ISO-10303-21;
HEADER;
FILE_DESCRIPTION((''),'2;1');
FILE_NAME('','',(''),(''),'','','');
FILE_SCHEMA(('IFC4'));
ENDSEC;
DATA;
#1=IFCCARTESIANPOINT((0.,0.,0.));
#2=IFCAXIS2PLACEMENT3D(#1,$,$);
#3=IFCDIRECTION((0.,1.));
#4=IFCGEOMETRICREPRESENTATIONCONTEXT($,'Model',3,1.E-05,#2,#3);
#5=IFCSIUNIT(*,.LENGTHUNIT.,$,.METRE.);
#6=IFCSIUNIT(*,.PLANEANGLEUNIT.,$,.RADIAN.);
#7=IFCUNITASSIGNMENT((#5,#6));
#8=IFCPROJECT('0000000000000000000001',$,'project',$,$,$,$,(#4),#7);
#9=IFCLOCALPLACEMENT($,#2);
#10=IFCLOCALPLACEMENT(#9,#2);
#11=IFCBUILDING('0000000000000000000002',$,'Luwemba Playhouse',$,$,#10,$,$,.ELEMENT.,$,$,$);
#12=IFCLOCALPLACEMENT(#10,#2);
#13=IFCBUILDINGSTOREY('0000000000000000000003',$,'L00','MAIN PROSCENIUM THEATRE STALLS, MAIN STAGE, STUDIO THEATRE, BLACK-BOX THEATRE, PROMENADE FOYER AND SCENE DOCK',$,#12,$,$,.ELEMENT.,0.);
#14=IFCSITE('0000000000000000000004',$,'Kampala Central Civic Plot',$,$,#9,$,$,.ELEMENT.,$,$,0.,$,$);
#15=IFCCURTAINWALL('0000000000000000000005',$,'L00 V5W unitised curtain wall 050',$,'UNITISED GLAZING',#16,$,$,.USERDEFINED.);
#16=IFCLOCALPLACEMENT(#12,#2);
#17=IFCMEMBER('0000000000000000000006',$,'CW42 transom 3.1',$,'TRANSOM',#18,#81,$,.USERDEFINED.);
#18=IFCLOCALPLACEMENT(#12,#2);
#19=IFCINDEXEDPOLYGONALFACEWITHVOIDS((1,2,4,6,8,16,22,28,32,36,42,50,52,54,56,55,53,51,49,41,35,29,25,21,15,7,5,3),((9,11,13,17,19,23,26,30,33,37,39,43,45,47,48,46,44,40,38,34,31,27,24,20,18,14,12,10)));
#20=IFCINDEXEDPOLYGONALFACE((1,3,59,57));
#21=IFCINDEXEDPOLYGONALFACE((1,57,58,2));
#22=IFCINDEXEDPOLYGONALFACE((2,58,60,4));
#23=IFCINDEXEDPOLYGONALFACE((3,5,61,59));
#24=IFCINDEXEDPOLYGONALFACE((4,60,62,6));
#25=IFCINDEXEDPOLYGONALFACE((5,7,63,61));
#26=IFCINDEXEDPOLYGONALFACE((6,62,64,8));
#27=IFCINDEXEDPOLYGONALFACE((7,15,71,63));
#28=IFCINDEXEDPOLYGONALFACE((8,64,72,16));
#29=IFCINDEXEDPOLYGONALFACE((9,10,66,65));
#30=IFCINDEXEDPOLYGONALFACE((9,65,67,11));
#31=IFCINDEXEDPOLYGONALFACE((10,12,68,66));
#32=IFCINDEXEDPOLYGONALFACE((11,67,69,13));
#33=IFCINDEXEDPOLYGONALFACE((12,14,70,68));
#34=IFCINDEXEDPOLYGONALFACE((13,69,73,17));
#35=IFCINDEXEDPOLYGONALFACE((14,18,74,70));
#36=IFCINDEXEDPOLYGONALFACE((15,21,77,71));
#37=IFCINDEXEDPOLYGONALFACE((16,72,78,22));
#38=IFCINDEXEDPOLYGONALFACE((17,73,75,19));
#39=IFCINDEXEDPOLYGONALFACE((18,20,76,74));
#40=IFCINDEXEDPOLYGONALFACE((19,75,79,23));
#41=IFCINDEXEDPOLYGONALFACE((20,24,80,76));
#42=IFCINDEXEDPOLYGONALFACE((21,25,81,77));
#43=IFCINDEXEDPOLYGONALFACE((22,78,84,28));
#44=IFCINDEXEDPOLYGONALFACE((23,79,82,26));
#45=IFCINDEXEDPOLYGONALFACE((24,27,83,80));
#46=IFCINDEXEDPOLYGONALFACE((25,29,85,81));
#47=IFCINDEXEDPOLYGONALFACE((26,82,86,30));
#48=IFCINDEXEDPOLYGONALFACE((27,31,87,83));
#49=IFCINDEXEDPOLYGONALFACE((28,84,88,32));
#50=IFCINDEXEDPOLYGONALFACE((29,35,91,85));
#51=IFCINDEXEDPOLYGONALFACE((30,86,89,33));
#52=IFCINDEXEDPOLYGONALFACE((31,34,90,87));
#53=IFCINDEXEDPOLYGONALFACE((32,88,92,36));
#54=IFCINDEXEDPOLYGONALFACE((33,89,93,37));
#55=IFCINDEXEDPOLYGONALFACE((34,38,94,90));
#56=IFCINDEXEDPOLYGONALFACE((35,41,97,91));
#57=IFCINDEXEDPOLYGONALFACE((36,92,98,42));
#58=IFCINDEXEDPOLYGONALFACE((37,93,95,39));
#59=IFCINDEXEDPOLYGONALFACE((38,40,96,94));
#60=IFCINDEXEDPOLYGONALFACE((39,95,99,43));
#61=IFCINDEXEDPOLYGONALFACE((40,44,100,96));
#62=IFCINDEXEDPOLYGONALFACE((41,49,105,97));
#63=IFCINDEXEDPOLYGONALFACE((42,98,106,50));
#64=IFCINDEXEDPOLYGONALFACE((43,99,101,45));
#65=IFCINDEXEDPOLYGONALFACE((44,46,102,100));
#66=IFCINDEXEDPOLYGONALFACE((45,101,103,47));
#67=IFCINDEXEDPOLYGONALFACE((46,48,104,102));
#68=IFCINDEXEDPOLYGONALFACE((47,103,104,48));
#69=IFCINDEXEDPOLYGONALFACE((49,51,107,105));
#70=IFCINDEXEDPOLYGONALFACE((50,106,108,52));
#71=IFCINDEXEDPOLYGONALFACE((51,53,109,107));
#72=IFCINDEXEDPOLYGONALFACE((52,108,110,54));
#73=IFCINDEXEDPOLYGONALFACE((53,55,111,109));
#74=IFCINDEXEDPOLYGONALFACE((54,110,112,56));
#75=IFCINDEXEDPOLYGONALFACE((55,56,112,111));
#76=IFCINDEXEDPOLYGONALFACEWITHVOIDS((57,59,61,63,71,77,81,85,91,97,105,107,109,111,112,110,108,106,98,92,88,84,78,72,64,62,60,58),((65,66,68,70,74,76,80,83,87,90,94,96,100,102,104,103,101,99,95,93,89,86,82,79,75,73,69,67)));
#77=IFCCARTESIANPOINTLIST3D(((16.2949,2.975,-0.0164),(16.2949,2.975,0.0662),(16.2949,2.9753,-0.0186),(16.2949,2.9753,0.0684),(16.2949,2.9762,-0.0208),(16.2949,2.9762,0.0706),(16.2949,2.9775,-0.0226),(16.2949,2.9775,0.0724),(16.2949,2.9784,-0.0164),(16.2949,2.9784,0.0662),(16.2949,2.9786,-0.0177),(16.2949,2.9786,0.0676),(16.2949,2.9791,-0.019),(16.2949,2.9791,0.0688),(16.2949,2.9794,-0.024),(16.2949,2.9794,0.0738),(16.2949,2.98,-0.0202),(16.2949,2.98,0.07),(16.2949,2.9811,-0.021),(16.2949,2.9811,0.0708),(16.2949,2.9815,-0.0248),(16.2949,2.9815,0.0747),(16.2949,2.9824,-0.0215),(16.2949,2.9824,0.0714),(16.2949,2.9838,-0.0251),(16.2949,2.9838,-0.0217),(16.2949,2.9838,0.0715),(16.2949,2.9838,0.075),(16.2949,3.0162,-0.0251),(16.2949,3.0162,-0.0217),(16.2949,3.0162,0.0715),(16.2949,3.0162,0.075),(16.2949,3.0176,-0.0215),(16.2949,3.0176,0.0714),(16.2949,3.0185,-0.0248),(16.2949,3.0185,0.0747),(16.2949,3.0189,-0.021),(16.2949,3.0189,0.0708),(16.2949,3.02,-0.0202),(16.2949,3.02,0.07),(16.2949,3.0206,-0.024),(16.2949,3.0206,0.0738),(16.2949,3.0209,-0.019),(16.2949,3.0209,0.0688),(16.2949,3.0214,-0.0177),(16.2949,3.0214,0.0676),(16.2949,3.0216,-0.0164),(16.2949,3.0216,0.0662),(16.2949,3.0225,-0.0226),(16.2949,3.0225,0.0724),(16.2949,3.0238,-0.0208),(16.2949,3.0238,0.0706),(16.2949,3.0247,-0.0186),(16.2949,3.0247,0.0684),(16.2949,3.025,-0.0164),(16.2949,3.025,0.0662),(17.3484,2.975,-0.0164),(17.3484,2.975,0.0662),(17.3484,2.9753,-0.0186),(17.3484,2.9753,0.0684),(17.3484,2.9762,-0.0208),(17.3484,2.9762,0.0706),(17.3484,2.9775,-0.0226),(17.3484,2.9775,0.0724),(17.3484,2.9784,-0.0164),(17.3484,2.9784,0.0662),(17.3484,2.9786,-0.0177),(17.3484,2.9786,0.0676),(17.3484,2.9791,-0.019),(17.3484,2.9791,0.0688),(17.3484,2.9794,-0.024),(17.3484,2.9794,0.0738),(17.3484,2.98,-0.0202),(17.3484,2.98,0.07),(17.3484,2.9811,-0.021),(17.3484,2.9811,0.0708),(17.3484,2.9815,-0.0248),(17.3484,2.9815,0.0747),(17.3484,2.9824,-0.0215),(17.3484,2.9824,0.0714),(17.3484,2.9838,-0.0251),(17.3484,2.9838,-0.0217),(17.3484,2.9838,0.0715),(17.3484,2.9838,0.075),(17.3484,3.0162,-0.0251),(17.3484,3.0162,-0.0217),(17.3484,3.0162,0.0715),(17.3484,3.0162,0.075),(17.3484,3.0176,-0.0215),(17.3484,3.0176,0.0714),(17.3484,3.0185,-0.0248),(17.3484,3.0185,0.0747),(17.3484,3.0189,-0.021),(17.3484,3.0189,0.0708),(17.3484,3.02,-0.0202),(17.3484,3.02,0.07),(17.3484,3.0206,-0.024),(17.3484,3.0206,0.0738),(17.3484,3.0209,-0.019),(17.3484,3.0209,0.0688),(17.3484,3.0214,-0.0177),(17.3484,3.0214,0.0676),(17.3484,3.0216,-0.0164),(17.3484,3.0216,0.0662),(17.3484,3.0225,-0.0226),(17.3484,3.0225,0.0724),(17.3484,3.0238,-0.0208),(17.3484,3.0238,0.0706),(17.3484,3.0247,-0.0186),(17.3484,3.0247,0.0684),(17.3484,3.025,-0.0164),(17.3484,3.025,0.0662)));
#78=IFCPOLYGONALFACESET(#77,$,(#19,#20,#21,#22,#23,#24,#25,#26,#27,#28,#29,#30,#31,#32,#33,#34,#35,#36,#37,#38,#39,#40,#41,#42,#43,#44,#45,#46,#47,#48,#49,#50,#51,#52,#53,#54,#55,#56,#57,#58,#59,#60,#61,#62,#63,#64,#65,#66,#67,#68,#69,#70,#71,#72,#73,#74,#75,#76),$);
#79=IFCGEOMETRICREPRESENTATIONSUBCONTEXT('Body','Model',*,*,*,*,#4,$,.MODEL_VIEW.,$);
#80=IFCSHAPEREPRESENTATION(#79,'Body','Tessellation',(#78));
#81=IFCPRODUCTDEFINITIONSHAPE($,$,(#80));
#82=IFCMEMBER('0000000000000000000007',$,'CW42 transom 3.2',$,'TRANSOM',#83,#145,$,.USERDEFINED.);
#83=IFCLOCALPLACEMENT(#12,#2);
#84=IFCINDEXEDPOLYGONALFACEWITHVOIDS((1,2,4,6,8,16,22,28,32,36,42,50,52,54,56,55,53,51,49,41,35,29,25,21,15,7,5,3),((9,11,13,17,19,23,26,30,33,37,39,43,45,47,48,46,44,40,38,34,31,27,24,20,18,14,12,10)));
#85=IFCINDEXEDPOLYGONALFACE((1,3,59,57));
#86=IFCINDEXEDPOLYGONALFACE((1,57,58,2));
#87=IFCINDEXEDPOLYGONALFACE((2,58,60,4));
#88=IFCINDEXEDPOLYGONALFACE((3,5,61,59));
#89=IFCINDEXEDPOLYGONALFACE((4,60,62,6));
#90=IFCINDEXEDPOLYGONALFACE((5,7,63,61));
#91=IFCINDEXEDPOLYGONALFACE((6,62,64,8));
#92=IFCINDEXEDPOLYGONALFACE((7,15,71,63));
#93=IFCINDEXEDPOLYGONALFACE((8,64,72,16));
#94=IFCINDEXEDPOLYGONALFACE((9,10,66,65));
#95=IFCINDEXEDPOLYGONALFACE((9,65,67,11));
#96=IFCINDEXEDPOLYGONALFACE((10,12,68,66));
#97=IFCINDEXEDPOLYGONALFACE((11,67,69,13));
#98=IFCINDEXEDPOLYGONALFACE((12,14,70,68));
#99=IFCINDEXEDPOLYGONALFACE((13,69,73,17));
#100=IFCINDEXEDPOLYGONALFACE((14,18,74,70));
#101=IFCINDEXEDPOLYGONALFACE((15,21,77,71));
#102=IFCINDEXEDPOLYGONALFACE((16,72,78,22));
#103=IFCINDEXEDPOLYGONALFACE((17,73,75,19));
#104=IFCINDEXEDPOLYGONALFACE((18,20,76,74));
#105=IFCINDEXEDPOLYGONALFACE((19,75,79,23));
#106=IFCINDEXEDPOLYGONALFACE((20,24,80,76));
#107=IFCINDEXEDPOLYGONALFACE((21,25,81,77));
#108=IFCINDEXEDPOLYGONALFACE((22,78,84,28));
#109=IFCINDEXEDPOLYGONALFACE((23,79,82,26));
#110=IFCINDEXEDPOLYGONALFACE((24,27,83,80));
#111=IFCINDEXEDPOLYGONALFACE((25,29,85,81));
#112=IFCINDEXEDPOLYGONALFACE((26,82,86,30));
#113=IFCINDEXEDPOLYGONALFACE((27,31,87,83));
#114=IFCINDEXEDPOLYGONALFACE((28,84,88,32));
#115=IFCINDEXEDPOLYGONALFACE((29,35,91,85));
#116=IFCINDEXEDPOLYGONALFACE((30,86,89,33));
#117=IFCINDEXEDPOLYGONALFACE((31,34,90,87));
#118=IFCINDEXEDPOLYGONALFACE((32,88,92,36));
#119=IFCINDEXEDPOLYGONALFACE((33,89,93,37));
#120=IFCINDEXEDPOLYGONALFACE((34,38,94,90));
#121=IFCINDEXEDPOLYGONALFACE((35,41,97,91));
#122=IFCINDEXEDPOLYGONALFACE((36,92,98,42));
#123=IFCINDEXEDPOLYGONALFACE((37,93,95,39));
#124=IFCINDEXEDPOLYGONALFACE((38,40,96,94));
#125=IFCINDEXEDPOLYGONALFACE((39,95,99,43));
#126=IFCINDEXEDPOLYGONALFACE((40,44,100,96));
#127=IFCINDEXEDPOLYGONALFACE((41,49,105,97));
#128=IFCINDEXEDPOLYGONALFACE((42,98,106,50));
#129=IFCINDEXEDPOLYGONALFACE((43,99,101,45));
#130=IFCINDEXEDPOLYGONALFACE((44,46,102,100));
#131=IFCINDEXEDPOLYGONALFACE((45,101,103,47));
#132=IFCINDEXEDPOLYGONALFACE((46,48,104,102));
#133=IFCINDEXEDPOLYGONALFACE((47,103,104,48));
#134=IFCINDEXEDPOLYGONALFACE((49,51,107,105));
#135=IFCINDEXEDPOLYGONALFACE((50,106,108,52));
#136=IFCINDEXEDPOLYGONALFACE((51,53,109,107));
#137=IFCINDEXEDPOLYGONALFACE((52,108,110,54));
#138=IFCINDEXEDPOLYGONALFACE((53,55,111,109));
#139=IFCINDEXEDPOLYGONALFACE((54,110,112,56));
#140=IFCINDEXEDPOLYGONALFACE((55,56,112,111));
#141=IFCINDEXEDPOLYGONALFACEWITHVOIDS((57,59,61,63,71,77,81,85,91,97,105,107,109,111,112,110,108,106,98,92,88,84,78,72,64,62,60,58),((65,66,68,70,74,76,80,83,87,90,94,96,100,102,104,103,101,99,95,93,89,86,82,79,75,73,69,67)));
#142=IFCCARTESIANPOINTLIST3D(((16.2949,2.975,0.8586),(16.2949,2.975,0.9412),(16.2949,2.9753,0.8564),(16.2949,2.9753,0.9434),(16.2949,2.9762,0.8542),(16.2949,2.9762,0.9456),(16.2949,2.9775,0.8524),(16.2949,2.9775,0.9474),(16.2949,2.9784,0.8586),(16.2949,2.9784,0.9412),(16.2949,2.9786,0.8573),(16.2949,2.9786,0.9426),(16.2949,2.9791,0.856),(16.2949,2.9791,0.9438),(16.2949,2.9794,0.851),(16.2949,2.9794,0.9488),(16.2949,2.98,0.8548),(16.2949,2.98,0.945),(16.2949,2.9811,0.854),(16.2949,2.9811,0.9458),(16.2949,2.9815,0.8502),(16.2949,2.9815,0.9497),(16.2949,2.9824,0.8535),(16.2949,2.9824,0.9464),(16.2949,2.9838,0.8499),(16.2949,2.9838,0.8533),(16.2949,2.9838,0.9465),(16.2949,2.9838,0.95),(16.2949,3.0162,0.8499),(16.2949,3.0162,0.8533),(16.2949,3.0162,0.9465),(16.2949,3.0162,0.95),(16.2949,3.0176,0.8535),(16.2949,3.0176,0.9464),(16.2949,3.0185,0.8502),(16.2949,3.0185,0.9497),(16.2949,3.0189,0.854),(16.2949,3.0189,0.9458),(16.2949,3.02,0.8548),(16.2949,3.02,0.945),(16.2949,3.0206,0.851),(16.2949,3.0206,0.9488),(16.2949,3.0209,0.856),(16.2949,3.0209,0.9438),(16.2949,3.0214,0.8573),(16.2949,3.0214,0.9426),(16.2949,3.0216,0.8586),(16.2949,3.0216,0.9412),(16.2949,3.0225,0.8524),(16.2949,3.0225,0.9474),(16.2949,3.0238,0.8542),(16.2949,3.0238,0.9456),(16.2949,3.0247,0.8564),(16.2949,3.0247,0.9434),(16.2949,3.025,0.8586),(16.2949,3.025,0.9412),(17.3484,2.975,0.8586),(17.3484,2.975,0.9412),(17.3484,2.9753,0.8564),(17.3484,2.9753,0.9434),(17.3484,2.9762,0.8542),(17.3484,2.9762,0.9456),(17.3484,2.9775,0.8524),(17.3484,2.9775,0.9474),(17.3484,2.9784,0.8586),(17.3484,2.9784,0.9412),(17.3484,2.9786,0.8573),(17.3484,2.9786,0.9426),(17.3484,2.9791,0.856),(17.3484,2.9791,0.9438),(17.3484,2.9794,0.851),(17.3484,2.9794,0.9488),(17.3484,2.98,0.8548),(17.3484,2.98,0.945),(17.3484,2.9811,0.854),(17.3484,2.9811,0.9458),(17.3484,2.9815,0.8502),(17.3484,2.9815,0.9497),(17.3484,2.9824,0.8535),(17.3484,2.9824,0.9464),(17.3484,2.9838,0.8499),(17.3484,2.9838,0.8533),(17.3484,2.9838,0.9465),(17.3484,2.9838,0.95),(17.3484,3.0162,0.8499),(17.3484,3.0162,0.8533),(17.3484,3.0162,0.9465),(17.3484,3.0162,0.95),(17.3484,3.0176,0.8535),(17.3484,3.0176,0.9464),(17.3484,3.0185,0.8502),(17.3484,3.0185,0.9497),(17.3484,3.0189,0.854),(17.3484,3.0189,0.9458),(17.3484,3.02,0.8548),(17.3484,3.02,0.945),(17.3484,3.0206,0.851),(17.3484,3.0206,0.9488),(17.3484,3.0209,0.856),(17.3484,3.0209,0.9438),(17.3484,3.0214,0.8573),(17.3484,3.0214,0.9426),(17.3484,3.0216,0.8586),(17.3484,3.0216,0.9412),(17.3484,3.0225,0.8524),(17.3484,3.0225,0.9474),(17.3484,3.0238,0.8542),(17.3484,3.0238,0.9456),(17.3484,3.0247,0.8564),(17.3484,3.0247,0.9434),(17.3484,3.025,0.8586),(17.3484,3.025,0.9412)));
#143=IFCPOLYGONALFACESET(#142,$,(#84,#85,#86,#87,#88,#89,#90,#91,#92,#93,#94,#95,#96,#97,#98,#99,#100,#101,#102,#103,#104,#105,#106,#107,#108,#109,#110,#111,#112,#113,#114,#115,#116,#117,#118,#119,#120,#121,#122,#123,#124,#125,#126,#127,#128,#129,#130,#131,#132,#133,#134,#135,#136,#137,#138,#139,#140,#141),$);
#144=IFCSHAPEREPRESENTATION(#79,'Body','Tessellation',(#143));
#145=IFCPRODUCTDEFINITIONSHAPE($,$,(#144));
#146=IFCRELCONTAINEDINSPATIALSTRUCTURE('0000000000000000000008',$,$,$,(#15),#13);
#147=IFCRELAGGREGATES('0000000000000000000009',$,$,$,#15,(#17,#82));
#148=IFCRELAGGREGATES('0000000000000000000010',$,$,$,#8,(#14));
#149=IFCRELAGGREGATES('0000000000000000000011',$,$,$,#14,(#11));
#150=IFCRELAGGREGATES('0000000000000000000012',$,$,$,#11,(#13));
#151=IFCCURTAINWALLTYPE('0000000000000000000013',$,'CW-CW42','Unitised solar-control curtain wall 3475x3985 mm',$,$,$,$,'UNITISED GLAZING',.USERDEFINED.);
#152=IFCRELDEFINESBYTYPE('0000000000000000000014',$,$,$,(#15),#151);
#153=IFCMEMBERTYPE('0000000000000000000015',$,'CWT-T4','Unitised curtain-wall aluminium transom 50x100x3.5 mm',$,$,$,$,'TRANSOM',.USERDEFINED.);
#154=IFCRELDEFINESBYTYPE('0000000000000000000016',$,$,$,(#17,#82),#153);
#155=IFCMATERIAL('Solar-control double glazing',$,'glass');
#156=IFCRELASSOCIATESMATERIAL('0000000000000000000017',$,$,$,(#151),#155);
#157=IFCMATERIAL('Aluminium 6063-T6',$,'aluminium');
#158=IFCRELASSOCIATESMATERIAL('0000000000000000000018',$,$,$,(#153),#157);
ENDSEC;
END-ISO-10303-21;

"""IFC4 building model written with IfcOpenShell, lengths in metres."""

from ifc_helpers import new_model, si_unit, direction, frame, origin, origin_2d, place, context, subcontext, project, spatial, hollow_rectangle, extrude, material, material_profile, profile_set, type_object, element, aggregate, save


model = new_model("IFC4")

# Units and contexts
model_context = context("Model", 3, precision=1e-05, world=origin(), true_north=direction((0.0, 1.0)))
body_context = subcontext(model_context, "Body", "Model", "MODEL_VIEW")
ifc_project = project(units=[si_unit("LENGTHUNIT", "METRE"), si_unit("PLANEANGLEUNIT", "RADIAN")], contexts=[model_context])

# Site, building, storey
site_placement = place(None, origin())
site = spatial("IfcSite", under=ifc_project, at=site_placement, Name="Kampala Central Civic Plot", CompositionType="ELEMENT", RefElevation=0.0)
building_placement = place(site_placement, origin())
building = spatial("IfcBuilding", under=site, at=building_placement, Name="Luwemba Playhouse", CompositionType="ELEMENT")
storey_placement = place(building_placement, origin())
storey = spatial("IfcBuildingStorey", under=building, at=storey_placement, Name="L00", Description="MAIN PROSCENIUM THEATRE STALLS, MAIN STAGE, STUDIO THEATRE, BLACK-BOX THEATRE, PROMENADE FOYER AND SCENE DOCK", CompositionType="ELEMENT", Elevation=0.0)

# Shared definitions
ifc_material_1 = material(Name="Solar-control double glazing", Category="glass")
ifc_material_2 = material(Name="Aluminium 6063-T6", Category="aluminium")

# Curtain wall
curtain_wall_type_1 = type_object("IfcCurtainWallType", Name="CW-CW42", Description="Unitised solar-control curtain wall 3475x3985 mm", ElementType="UNITISED GLAZING", PredefinedType="USERDEFINED", material=ifc_material_1)
curtain_wall_1_placement = place(storey_placement, origin())
curtain_wall_1 = element("IfcCurtainWall", 1, at=curtain_wall_1_placement, inside=storey, type_object=curtain_wall_type_1, Name="L00 V5W unitised curtain wall 050", ObjectType="UNITISED GLAZING", PredefinedType="USERDEFINED")

# Members
ifc_material_profile_1 = material_profile(ifc_material_2, hollow_rectangle(XDim=0.05, YDim=0.1001, WallThickness=0.0034, InnerFilletRadius=0.0054, OuterFilletRadius=0.0088, at=origin_2d()))
ifc_profile_set_1 = profile_set([ifc_material_profile_1], Name="Aluminium 6063-T6")
member_type_1 = type_object("IfcMemberType", Name="CWT-T4", Description="Unitised curtain-wall aluminium transom 50x100x3.5 mm", ElementType="TRANSOM", PredefinedType="USERDEFINED", material=ifc_profile_set_1)
member_1_placement = place(storey_placement, frame((17.3484, 3.0, 0.0249), z_axis=(-1.0, 0.0, 0.0), x_axis=(0.0, -1.0, 0.0)))
member_1 = element("IfcMember", 2, at=member_1_placement, type_object=member_type_1, Name="CW42 transom 3.1", ObjectType="TRANSOM", PredefinedType="USERDEFINED", context=body_context, shape_type="SweptSolid", body=[
    extrude(hollow_rectangle(XDim=0.05, YDim=0.1001, WallThickness=0.0034, InnerFilletRadius=0.0054, OuterFilletRadius=0.0088, at=origin_2d()), origin(), (0.0, 0.0, 1.0), 1.0535),
])
member_2_placement = place(storey_placement, frame((17.3484, 3.0, 0.8999), z_axis=(-1.0, 0.0, 0.0), x_axis=(0.0, -1.0, 0.0)))
member_2 = element("IfcMember", 3, at=member_2_placement, type_object=member_type_1, Name="CW42 transom 3.2", ObjectType="TRANSOM", PredefinedType="USERDEFINED", context=body_context, shape_type="SweptSolid", body=[
    extrude(hollow_rectangle(XDim=0.05, YDim=0.1001, WallThickness=0.0034, InnerFilletRadius=0.0054, OuterFilletRadius=0.0088, at=origin_2d()), origin(), (0.0, 0.0, 1.0), 1.0535),
])

aggregate(curtain_wall_1, [member_1, member_2])

save(model, "model.ifc")
